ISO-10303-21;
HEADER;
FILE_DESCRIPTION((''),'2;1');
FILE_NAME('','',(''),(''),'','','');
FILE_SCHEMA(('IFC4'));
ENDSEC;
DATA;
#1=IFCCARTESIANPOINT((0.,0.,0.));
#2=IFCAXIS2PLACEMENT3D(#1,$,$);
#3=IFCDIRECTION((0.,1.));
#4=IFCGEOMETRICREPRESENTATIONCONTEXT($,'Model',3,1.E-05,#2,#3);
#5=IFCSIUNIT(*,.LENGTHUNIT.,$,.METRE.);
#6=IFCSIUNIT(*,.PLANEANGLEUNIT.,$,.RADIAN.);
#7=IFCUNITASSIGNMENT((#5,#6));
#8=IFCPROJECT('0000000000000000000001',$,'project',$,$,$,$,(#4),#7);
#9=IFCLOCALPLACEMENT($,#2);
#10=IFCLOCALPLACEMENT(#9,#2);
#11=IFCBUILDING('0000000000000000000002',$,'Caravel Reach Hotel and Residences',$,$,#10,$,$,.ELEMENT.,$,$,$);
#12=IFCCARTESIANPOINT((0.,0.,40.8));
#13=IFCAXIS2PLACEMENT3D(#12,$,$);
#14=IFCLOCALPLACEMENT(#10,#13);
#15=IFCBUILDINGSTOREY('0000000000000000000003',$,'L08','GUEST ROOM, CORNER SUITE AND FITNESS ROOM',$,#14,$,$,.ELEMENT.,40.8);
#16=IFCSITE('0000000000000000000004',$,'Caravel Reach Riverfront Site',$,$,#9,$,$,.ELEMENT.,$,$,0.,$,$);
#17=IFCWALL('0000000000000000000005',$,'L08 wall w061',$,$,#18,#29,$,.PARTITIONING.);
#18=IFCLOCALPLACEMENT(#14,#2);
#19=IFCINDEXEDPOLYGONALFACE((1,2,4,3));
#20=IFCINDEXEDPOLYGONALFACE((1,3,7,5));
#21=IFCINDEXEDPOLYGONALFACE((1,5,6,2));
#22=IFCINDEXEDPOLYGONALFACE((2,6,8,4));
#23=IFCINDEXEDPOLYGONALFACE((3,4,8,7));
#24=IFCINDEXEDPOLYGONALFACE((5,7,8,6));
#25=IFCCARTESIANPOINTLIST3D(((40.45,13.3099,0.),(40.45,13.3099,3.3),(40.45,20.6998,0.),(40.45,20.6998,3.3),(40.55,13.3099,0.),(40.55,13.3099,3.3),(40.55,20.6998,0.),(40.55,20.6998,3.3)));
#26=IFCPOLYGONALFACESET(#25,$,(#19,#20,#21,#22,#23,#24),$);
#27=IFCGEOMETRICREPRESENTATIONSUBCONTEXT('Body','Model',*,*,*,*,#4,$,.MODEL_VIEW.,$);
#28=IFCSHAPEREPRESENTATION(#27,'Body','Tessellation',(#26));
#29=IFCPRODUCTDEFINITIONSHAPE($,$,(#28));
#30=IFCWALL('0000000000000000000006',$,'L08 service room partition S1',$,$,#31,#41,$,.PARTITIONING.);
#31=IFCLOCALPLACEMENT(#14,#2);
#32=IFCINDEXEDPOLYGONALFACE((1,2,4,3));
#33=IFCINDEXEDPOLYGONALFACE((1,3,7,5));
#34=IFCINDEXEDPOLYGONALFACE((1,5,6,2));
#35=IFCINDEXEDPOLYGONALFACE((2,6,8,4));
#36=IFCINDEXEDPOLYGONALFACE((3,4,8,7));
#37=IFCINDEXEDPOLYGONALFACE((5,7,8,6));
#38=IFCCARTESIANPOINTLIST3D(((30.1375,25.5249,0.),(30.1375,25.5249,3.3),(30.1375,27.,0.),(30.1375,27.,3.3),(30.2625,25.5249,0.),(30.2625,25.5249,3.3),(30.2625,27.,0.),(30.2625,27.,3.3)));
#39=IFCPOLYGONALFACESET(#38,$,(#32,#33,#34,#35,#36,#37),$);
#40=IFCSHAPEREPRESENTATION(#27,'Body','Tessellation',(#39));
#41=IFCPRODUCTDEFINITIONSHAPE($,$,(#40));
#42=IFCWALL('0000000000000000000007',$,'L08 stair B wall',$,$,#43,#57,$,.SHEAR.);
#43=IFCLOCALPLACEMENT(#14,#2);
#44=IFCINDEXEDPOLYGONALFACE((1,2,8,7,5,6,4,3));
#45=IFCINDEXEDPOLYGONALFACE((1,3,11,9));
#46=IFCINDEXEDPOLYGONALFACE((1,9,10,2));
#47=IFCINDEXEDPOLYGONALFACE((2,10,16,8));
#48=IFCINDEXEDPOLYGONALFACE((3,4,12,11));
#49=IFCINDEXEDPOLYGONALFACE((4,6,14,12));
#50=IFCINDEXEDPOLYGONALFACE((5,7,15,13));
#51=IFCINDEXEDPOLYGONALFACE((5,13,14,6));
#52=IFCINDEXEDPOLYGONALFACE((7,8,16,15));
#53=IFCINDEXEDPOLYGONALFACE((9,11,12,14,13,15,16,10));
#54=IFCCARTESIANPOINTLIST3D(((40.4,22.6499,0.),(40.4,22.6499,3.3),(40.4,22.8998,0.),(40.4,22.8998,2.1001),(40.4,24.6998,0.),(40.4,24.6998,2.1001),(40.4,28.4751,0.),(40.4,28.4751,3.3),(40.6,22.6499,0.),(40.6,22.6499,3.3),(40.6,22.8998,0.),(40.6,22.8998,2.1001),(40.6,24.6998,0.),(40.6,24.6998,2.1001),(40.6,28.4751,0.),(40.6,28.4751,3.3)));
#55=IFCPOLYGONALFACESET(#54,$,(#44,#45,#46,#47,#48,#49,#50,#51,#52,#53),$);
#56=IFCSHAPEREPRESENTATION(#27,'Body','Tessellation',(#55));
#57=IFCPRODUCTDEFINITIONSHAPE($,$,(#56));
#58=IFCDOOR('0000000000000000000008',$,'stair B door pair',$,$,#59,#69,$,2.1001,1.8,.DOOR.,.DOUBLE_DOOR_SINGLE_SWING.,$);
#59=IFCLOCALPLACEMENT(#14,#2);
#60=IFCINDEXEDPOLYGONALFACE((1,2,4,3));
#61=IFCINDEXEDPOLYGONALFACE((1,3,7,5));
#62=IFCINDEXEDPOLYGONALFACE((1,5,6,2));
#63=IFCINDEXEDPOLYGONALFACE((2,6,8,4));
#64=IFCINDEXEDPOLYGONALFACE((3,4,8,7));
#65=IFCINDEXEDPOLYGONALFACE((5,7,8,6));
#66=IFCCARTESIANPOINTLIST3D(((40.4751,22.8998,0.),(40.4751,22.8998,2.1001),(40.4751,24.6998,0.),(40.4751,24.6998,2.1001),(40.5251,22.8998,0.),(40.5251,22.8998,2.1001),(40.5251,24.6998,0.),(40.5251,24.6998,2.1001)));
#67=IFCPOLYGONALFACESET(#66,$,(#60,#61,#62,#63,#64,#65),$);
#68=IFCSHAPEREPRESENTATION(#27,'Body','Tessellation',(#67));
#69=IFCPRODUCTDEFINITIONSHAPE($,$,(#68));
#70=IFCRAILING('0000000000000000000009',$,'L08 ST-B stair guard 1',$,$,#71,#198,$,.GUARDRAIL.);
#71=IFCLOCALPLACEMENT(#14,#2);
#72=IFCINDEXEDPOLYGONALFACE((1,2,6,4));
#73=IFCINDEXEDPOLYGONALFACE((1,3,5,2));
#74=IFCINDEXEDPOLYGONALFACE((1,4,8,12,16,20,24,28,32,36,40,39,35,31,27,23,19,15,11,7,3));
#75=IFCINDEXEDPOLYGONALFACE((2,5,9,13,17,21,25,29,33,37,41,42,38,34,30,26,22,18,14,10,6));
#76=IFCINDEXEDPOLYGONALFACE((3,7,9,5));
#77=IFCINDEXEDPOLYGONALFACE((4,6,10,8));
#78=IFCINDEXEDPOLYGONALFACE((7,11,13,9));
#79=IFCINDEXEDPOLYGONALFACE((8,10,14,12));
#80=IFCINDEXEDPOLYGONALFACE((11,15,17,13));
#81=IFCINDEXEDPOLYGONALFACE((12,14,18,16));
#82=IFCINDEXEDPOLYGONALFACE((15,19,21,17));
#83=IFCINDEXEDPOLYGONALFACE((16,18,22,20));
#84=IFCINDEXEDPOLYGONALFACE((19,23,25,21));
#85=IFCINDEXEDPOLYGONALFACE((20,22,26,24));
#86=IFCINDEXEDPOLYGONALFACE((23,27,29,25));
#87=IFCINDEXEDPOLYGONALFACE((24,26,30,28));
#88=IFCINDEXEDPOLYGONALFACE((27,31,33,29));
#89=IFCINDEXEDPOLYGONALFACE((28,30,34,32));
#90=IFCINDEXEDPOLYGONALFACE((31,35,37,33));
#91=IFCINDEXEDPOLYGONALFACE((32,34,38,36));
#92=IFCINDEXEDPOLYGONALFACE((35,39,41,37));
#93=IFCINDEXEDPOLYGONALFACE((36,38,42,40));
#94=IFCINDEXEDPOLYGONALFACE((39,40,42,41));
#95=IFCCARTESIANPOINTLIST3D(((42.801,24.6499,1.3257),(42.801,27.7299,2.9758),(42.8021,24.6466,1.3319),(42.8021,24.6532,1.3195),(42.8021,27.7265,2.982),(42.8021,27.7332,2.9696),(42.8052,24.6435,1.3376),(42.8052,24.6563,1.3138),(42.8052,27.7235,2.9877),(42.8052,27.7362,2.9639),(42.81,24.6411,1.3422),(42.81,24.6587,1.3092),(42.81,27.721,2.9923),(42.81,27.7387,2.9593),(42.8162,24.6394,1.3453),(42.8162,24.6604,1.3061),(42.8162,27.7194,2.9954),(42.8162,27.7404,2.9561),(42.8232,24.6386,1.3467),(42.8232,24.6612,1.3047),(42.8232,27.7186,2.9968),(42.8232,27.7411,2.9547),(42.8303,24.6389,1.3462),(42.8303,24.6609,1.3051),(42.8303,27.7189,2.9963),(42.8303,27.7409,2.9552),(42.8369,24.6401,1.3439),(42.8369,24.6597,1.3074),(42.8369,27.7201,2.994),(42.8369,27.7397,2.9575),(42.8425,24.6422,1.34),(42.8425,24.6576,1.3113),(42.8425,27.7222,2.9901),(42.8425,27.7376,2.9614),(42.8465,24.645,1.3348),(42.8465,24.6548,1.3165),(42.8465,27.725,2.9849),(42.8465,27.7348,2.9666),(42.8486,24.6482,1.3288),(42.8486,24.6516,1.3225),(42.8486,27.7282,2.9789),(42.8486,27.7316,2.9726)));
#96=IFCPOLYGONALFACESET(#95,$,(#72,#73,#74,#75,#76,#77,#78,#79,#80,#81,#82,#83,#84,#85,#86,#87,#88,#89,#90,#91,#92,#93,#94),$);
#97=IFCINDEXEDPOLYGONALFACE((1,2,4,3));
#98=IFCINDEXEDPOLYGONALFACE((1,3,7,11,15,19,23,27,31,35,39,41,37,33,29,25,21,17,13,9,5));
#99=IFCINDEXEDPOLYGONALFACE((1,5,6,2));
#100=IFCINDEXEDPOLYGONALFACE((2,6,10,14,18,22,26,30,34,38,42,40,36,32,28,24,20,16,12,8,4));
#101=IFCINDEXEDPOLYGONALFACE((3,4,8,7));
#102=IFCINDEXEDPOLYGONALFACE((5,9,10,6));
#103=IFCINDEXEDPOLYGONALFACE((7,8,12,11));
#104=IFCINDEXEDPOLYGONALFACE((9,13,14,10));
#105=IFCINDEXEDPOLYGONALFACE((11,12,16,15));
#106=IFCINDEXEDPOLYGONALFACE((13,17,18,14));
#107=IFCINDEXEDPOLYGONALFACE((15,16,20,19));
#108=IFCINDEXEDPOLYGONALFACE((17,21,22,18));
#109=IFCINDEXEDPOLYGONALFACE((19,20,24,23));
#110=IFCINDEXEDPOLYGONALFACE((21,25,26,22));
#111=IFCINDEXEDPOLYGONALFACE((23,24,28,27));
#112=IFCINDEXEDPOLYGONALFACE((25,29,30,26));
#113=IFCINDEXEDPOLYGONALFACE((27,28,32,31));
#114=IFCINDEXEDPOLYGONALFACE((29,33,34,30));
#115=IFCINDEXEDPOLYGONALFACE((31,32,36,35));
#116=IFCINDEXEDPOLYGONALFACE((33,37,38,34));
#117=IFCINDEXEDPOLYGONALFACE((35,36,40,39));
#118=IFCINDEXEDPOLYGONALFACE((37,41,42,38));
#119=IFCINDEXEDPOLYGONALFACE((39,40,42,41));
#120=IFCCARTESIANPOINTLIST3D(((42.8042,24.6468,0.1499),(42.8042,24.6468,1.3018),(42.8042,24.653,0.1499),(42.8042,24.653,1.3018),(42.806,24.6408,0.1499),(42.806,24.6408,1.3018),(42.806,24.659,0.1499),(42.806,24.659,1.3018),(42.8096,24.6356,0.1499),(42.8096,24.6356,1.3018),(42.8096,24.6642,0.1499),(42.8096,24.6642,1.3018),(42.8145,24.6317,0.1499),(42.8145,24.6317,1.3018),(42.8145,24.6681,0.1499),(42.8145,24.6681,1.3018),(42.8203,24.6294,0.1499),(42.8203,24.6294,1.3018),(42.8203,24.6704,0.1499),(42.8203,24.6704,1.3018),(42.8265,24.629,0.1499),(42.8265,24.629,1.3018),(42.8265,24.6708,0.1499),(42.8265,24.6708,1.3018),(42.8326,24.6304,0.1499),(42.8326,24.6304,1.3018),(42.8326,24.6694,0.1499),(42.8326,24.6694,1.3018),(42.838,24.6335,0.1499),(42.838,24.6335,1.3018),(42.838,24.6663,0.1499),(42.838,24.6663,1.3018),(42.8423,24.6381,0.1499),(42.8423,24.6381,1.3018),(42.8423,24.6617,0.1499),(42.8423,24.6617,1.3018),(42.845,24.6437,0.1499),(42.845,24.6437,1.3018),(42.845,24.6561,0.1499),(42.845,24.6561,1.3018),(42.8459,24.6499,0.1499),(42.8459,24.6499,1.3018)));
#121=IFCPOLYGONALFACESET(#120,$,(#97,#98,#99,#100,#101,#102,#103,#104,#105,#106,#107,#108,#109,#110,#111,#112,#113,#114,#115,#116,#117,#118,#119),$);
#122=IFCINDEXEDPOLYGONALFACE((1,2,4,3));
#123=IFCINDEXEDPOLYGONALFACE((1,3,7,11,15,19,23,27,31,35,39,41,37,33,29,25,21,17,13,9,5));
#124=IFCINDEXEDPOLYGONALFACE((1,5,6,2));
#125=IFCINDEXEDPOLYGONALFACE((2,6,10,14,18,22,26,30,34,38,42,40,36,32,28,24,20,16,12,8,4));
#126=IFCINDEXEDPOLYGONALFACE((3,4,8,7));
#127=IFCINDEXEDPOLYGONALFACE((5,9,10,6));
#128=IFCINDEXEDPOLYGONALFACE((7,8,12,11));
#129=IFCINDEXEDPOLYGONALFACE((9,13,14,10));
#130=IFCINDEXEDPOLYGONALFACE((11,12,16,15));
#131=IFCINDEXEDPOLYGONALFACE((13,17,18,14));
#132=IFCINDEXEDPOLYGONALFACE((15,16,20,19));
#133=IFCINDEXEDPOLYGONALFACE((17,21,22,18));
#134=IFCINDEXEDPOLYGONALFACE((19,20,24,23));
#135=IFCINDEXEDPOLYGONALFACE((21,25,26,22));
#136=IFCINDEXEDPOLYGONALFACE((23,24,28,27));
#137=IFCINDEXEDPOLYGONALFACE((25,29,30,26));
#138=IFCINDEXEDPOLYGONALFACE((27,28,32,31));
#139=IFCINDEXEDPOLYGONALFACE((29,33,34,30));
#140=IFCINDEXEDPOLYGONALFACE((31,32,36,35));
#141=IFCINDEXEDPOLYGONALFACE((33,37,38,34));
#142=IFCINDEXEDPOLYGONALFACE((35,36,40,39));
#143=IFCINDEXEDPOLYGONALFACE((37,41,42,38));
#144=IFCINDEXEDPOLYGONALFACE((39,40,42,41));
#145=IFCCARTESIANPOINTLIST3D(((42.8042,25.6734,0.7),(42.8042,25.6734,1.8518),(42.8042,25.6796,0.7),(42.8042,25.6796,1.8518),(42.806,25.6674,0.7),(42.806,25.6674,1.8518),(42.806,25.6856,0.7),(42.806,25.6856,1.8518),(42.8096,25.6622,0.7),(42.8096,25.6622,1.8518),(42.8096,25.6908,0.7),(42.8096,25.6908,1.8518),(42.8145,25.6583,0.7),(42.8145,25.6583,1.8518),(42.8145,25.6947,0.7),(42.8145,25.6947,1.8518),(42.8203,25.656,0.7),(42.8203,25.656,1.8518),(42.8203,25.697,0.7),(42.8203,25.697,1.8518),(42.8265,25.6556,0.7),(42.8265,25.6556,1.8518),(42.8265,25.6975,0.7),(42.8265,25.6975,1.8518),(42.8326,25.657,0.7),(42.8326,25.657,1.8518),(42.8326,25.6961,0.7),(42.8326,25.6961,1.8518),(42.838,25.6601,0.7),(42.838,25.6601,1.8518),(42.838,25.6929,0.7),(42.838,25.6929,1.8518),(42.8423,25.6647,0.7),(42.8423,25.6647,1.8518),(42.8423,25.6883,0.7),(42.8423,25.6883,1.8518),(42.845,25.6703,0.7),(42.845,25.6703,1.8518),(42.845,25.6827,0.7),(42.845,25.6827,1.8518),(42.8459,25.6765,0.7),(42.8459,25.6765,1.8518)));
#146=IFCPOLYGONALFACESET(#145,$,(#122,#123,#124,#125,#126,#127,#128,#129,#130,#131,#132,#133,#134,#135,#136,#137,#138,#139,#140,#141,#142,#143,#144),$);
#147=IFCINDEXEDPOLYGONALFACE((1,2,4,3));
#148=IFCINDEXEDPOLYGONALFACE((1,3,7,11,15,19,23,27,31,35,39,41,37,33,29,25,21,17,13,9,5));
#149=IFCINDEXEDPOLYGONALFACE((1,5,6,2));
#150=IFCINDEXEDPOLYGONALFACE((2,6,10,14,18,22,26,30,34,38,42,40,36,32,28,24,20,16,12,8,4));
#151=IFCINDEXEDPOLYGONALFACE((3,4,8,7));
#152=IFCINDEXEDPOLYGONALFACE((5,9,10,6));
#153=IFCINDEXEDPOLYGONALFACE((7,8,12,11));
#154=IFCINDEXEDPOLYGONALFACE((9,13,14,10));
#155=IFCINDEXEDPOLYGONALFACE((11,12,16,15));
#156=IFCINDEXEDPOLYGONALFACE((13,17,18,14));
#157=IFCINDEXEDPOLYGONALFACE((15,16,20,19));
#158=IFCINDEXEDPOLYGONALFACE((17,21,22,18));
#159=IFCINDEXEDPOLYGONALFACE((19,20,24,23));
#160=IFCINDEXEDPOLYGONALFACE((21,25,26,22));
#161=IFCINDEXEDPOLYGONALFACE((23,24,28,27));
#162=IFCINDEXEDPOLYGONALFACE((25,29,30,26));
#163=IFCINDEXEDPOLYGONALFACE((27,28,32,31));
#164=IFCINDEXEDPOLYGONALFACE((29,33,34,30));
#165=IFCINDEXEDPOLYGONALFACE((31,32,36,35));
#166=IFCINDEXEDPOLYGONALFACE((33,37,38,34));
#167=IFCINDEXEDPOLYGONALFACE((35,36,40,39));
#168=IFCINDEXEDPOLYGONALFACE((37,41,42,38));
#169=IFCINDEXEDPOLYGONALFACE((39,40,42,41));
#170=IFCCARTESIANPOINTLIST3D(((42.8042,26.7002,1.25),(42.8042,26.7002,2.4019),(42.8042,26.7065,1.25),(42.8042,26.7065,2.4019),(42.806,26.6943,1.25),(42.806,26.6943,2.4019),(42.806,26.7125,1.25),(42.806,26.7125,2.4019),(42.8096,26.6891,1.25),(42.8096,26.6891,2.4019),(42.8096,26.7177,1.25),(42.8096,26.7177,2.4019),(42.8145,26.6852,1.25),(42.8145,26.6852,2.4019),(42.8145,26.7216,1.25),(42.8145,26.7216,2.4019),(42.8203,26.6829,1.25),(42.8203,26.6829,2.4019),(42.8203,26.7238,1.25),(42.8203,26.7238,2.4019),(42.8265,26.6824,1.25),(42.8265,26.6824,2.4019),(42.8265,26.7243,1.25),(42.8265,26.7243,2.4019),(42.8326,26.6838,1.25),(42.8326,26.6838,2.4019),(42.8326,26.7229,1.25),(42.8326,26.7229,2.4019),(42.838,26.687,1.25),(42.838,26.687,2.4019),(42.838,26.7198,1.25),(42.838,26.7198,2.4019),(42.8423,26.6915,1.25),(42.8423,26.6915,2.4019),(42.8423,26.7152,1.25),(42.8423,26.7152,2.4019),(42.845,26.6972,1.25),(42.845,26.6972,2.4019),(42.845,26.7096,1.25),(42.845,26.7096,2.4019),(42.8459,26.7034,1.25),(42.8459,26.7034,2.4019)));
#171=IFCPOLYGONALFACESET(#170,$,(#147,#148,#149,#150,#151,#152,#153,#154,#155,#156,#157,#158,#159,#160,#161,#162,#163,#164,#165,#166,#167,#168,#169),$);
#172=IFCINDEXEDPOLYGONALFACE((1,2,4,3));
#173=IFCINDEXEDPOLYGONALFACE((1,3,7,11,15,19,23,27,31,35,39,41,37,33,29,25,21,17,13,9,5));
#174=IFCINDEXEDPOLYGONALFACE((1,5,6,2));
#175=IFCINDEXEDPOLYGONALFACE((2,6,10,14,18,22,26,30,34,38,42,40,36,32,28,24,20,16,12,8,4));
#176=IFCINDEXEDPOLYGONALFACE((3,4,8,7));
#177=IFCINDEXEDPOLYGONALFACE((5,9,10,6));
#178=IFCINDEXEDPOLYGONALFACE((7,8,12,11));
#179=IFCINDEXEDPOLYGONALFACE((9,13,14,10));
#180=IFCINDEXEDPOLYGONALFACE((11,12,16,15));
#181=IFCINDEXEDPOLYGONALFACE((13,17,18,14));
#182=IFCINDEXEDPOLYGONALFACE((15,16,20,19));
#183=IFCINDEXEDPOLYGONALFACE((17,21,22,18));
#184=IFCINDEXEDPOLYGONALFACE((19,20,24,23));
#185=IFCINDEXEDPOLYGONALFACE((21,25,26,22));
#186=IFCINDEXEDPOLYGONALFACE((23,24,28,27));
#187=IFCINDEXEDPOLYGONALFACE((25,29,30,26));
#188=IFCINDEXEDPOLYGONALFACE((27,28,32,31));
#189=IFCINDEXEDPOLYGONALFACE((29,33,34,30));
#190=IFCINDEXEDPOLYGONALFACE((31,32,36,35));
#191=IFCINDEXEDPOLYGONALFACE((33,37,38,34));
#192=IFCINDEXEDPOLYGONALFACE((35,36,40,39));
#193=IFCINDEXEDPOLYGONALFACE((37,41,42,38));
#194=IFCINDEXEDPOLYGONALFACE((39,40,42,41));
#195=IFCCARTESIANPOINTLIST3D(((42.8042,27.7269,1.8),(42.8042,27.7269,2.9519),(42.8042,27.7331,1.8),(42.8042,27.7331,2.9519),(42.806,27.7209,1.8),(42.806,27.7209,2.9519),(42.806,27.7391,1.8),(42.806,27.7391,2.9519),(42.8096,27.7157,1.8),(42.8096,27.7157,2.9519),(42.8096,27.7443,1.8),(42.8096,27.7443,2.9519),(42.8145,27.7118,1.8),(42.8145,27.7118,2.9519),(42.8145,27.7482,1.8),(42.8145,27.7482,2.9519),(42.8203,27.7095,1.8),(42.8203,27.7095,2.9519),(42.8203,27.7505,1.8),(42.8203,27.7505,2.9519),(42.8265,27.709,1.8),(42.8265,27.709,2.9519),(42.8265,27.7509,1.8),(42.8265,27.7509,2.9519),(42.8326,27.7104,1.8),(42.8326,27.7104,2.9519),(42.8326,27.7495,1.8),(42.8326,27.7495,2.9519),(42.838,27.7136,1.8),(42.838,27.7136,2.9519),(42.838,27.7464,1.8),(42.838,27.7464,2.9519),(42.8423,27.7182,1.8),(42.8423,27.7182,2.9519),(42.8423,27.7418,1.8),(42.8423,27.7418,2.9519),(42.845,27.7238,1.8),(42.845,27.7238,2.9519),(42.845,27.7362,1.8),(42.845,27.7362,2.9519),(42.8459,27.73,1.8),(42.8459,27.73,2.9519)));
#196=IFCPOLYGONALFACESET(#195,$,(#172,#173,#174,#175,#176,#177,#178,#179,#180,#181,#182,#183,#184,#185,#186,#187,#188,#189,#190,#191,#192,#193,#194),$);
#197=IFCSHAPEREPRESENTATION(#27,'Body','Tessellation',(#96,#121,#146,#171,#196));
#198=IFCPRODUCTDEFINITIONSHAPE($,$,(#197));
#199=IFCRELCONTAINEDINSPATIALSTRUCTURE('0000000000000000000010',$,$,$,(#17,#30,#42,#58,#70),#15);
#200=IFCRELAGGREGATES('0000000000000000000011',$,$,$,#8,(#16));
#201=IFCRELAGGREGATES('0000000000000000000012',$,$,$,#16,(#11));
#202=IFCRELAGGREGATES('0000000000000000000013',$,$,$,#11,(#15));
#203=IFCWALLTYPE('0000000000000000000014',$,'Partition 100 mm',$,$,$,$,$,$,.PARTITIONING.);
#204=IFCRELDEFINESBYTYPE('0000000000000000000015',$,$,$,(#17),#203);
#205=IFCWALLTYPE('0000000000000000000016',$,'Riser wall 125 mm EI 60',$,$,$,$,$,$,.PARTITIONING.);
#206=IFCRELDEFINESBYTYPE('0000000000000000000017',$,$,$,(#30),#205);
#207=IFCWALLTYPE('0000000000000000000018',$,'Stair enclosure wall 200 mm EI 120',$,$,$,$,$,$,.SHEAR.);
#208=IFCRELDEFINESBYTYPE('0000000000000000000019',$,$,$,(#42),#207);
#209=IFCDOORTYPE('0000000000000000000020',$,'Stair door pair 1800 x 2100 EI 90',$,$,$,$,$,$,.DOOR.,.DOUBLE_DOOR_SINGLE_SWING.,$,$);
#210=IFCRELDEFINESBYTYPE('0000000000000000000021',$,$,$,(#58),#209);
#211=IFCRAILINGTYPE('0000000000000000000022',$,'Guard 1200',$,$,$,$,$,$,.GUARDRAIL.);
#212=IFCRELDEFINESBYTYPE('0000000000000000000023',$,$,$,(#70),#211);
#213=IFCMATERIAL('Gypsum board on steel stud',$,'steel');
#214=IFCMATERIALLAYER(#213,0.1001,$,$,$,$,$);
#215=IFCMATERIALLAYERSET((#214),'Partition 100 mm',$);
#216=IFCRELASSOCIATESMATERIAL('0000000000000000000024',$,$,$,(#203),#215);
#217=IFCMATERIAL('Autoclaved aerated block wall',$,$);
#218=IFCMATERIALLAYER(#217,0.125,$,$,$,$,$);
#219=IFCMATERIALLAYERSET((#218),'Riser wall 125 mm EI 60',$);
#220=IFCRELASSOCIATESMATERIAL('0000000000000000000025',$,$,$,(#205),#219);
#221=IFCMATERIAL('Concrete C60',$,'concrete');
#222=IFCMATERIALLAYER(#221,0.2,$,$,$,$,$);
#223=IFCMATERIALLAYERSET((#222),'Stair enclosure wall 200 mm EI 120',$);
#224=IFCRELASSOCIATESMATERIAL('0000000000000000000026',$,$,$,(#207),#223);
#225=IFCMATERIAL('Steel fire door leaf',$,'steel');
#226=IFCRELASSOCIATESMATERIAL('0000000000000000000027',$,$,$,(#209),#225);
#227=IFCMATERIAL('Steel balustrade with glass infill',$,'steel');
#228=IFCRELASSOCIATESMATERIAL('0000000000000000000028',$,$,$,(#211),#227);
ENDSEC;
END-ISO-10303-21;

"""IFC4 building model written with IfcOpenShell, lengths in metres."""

from ifc_helpers import new_model, si_unit, direction, frame, frame_2d, origin, origin_2d, place, context, subcontext, project, spatial, rectangle, circle, extrude, material, layer, layer_set, type_object, element, fill, save


model = new_model("IFC4")

# Units and contexts
model_context = context("Model", 3, precision=1e-05, world=origin(), true_north=direction((0.0, 1.0)))
body_context = subcontext(model_context, "Body", "Model", "MODEL_VIEW")
ifc_project = project(units=[si_unit("LENGTHUNIT", "METRE"), si_unit("PLANEANGLEUNIT", "RADIAN")], contexts=[model_context])

# Site, building, storey
site_placement = place(None, origin())
site = spatial("IfcSite", under=ifc_project, at=site_placement, Name="Caravel Reach Riverfront Site", CompositionType="ELEMENT", RefElevation=0.0)
building_placement = place(site_placement, origin())
building = spatial("IfcBuilding", under=site, at=building_placement, Name="Caravel Reach Hotel and Residences", CompositionType="ELEMENT")
storey_placement = place(building_placement, frame((0.0, 0.0, 40.8)))
storey = spatial("IfcBuildingStorey", under=building, at=storey_placement, Name="L08", Description="GUEST ROOM, CORNER SUITE AND FITNESS ROOM", CompositionType="ELEMENT", Elevation=40.8)

# Walls
ifc_material_1 = material(Name="Gypsum board on steel stud", Category="steel")
ifc_layer_1 = layer(ifc_material_1, 0.1001)
ifc_layer_set_1 = layer_set([ifc_layer_1], Name="Partition 100 mm")
wall_type_1 = type_object("IfcWallType", Name="Partition 100 mm", PredefinedType="PARTITIONING", material=ifc_layer_set_1)
wall_1_placement = place(storey_placement, frame((40.5, 13.3101, 0.0), z_axis=(0.0, 0.0, 1.0), x_axis=(0.0, 1.0, 0.0)))
element("IfcWall", 1, at=wall_1_placement, inside=storey, type_object=wall_type_1, Name="L08 wall w061", PredefinedType="PARTITIONING", context=body_context, shape_type="SweptSolid", body=[
    extrude(rectangle(XDim=7.3899, YDim=0.1001, at=frame_2d((3.6948, 0.0))), origin(), (0.0, 0.0, 1.0), 3.3),
])
ifc_material_2 = material(Name="Autoclaved aerated block wall")
ifc_layer_2 = layer(ifc_material_2, 0.125)
ifc_layer_set_2 = layer_set([ifc_layer_2], Name="Riser wall 125 mm EI 60")
wall_type_2 = type_object("IfcWallType", Name="Riser wall 125 mm EI 60", PredefinedType="PARTITIONING", material=ifc_layer_set_2)
wall_2_placement = place(storey_placement, frame((30.2, 25.5249, 0.0), z_axis=(0.0, 0.0, 1.0), x_axis=(0.0, 1.0, 0.0)))
element("IfcWall", 2, at=wall_2_placement, inside=storey, type_object=wall_type_2, Name="L08 service room partition S1", PredefinedType="PARTITIONING", context=body_context, shape_type="SweptSolid", body=[
    extrude(rectangle(XDim=1.4751, YDim=0.125, at=frame_2d((0.7375, 0.0))), origin(), (0.0, 0.0, 1.0), 3.3),
])

# Wall, opening, door
ifc_material_3 = material(Name="Concrete C60", Category="concrete")
ifc_layer_3 = layer(ifc_material_3, 0.2)
ifc_layer_set_3 = layer_set([ifc_layer_3], Name="Stair enclosure wall 200 mm EI 120")
wall_type_3 = type_object("IfcWallType", Name="Stair enclosure wall 200 mm EI 120", PredefinedType="SHEAR", material=ifc_layer_set_3)
wall_3_placement = place(storey_placement, frame((40.5, 22.6499, 0.0), z_axis=(0.0, 0.0, 1.0), x_axis=(0.0, 1.0, 0.0)))
wall_3 = element("IfcWall", 3, at=wall_3_placement, inside=storey, type_object=wall_type_3, Name="L08 stair B wall", PredefinedType="SHEAR", context=body_context, shape_type="SweptSolid", body=[
    extrude(rectangle(XDim=5.8252, YDim=0.2, at=frame_2d((2.9126, 0.0))), origin(), (0.0, 0.0, 1.0), 3.3),
])
opening_1_placement = place(wall_3_placement, frame((0.25, 0.0, 0.0)))
opening_1 = element("IfcOpeningElement", 4, at=opening_1_placement, cuts=wall_3, PredefinedType="OPENING", context=body_context, shape_type="SweptSolid", body=[
    extrude(rectangle(XDim=1.8, YDim=2.1001, at=frame_2d((0.8999, 1.05))), frame((0.0, 0.1099, 0.0), z_axis=(0.0, -1.0, 0.0), x_axis=(1.0, 0.0, 0.0)), (0.0, 0.0, 1.0), 0.22),
])
ifc_material_4 = material(Name="Steel fire door leaf", Category="steel")
door_type_1 = type_object("IfcDoorType", Name="Stair door pair 1800 x 2100 EI 90", OperationType="DOUBLE_DOOR_SINGLE_SWING", PredefinedType="DOOR", material=ifc_material_4)
door_1_placement = place(opening_1_placement, origin())
door_1 = element("IfcDoor", 5, at=door_1_placement, inside=storey, type_object=door_type_1, Name="stair B door pair", OperationType="DOUBLE_DOOR_SINGLE_SWING", OverallHeight=2.1001, OverallWidth=1.8, PredefinedType="DOOR", context=body_context, shape_type="SweptSolid", body=[
    extrude(rectangle(XDim=1.8, YDim=2.1001, at=frame_2d((0.8999, 1.05))), frame((0.0, 0.0249, 0.0), z_axis=(0.0, -1.0, 0.0), x_axis=(1.0, 0.0, 0.0)), (0.0, 0.0, 1.0), 0.05),
])
fill(opening_1, door_1)

# Railing
ifc_material_5 = material(Name="Steel balustrade with glass infill", Category="steel")
railing_type_1 = type_object("IfcRailingType", Name="Guard 1200", PredefinedType="GUARDRAIL", material=ifc_material_5)
railing_1_placement = place(storey_placement, frame((42.825, 24.6499, 0.1499)))
element("IfcRailing", 6, at=railing_1_placement, inside=storey, type_object=railing_type_1, Name="L08 ST-B stair guard 1", PredefinedType="GUARDRAIL", context=body_context, shape_type="SweptSolid", body=[
    extrude(circle(Radius=0.0239, at=origin_2d()), frame((0.0, 0.0, 1.1758), z_axis=(0.0, 0.881468, 0.472245), x_axis=(-1.0, 0.0, 0.0)), (0.0, 0.0, 1.0), 3.4941),
    extrude(circle(Radius=0.021, at=origin_2d()), origin(), (0.0, 0.0, 1.0), 1.1519),
    extrude(circle(Radius=0.021, at=origin_2d()), frame((0.0, 1.0266, 0.55)), (0.0, 0.0, 1.0), 1.1519),
    extrude(circle(Radius=0.021, at=origin_2d()), frame((0.0, 2.0535, 1.1001)), (0.0, 0.0, 1.0), 1.1519),
    extrude(circle(Radius=0.021, at=origin_2d()), frame((0.0, 3.0801, 1.6501)), (0.0, 0.0, 1.0), 1.1519),
])

save(model, "model.ifc")
